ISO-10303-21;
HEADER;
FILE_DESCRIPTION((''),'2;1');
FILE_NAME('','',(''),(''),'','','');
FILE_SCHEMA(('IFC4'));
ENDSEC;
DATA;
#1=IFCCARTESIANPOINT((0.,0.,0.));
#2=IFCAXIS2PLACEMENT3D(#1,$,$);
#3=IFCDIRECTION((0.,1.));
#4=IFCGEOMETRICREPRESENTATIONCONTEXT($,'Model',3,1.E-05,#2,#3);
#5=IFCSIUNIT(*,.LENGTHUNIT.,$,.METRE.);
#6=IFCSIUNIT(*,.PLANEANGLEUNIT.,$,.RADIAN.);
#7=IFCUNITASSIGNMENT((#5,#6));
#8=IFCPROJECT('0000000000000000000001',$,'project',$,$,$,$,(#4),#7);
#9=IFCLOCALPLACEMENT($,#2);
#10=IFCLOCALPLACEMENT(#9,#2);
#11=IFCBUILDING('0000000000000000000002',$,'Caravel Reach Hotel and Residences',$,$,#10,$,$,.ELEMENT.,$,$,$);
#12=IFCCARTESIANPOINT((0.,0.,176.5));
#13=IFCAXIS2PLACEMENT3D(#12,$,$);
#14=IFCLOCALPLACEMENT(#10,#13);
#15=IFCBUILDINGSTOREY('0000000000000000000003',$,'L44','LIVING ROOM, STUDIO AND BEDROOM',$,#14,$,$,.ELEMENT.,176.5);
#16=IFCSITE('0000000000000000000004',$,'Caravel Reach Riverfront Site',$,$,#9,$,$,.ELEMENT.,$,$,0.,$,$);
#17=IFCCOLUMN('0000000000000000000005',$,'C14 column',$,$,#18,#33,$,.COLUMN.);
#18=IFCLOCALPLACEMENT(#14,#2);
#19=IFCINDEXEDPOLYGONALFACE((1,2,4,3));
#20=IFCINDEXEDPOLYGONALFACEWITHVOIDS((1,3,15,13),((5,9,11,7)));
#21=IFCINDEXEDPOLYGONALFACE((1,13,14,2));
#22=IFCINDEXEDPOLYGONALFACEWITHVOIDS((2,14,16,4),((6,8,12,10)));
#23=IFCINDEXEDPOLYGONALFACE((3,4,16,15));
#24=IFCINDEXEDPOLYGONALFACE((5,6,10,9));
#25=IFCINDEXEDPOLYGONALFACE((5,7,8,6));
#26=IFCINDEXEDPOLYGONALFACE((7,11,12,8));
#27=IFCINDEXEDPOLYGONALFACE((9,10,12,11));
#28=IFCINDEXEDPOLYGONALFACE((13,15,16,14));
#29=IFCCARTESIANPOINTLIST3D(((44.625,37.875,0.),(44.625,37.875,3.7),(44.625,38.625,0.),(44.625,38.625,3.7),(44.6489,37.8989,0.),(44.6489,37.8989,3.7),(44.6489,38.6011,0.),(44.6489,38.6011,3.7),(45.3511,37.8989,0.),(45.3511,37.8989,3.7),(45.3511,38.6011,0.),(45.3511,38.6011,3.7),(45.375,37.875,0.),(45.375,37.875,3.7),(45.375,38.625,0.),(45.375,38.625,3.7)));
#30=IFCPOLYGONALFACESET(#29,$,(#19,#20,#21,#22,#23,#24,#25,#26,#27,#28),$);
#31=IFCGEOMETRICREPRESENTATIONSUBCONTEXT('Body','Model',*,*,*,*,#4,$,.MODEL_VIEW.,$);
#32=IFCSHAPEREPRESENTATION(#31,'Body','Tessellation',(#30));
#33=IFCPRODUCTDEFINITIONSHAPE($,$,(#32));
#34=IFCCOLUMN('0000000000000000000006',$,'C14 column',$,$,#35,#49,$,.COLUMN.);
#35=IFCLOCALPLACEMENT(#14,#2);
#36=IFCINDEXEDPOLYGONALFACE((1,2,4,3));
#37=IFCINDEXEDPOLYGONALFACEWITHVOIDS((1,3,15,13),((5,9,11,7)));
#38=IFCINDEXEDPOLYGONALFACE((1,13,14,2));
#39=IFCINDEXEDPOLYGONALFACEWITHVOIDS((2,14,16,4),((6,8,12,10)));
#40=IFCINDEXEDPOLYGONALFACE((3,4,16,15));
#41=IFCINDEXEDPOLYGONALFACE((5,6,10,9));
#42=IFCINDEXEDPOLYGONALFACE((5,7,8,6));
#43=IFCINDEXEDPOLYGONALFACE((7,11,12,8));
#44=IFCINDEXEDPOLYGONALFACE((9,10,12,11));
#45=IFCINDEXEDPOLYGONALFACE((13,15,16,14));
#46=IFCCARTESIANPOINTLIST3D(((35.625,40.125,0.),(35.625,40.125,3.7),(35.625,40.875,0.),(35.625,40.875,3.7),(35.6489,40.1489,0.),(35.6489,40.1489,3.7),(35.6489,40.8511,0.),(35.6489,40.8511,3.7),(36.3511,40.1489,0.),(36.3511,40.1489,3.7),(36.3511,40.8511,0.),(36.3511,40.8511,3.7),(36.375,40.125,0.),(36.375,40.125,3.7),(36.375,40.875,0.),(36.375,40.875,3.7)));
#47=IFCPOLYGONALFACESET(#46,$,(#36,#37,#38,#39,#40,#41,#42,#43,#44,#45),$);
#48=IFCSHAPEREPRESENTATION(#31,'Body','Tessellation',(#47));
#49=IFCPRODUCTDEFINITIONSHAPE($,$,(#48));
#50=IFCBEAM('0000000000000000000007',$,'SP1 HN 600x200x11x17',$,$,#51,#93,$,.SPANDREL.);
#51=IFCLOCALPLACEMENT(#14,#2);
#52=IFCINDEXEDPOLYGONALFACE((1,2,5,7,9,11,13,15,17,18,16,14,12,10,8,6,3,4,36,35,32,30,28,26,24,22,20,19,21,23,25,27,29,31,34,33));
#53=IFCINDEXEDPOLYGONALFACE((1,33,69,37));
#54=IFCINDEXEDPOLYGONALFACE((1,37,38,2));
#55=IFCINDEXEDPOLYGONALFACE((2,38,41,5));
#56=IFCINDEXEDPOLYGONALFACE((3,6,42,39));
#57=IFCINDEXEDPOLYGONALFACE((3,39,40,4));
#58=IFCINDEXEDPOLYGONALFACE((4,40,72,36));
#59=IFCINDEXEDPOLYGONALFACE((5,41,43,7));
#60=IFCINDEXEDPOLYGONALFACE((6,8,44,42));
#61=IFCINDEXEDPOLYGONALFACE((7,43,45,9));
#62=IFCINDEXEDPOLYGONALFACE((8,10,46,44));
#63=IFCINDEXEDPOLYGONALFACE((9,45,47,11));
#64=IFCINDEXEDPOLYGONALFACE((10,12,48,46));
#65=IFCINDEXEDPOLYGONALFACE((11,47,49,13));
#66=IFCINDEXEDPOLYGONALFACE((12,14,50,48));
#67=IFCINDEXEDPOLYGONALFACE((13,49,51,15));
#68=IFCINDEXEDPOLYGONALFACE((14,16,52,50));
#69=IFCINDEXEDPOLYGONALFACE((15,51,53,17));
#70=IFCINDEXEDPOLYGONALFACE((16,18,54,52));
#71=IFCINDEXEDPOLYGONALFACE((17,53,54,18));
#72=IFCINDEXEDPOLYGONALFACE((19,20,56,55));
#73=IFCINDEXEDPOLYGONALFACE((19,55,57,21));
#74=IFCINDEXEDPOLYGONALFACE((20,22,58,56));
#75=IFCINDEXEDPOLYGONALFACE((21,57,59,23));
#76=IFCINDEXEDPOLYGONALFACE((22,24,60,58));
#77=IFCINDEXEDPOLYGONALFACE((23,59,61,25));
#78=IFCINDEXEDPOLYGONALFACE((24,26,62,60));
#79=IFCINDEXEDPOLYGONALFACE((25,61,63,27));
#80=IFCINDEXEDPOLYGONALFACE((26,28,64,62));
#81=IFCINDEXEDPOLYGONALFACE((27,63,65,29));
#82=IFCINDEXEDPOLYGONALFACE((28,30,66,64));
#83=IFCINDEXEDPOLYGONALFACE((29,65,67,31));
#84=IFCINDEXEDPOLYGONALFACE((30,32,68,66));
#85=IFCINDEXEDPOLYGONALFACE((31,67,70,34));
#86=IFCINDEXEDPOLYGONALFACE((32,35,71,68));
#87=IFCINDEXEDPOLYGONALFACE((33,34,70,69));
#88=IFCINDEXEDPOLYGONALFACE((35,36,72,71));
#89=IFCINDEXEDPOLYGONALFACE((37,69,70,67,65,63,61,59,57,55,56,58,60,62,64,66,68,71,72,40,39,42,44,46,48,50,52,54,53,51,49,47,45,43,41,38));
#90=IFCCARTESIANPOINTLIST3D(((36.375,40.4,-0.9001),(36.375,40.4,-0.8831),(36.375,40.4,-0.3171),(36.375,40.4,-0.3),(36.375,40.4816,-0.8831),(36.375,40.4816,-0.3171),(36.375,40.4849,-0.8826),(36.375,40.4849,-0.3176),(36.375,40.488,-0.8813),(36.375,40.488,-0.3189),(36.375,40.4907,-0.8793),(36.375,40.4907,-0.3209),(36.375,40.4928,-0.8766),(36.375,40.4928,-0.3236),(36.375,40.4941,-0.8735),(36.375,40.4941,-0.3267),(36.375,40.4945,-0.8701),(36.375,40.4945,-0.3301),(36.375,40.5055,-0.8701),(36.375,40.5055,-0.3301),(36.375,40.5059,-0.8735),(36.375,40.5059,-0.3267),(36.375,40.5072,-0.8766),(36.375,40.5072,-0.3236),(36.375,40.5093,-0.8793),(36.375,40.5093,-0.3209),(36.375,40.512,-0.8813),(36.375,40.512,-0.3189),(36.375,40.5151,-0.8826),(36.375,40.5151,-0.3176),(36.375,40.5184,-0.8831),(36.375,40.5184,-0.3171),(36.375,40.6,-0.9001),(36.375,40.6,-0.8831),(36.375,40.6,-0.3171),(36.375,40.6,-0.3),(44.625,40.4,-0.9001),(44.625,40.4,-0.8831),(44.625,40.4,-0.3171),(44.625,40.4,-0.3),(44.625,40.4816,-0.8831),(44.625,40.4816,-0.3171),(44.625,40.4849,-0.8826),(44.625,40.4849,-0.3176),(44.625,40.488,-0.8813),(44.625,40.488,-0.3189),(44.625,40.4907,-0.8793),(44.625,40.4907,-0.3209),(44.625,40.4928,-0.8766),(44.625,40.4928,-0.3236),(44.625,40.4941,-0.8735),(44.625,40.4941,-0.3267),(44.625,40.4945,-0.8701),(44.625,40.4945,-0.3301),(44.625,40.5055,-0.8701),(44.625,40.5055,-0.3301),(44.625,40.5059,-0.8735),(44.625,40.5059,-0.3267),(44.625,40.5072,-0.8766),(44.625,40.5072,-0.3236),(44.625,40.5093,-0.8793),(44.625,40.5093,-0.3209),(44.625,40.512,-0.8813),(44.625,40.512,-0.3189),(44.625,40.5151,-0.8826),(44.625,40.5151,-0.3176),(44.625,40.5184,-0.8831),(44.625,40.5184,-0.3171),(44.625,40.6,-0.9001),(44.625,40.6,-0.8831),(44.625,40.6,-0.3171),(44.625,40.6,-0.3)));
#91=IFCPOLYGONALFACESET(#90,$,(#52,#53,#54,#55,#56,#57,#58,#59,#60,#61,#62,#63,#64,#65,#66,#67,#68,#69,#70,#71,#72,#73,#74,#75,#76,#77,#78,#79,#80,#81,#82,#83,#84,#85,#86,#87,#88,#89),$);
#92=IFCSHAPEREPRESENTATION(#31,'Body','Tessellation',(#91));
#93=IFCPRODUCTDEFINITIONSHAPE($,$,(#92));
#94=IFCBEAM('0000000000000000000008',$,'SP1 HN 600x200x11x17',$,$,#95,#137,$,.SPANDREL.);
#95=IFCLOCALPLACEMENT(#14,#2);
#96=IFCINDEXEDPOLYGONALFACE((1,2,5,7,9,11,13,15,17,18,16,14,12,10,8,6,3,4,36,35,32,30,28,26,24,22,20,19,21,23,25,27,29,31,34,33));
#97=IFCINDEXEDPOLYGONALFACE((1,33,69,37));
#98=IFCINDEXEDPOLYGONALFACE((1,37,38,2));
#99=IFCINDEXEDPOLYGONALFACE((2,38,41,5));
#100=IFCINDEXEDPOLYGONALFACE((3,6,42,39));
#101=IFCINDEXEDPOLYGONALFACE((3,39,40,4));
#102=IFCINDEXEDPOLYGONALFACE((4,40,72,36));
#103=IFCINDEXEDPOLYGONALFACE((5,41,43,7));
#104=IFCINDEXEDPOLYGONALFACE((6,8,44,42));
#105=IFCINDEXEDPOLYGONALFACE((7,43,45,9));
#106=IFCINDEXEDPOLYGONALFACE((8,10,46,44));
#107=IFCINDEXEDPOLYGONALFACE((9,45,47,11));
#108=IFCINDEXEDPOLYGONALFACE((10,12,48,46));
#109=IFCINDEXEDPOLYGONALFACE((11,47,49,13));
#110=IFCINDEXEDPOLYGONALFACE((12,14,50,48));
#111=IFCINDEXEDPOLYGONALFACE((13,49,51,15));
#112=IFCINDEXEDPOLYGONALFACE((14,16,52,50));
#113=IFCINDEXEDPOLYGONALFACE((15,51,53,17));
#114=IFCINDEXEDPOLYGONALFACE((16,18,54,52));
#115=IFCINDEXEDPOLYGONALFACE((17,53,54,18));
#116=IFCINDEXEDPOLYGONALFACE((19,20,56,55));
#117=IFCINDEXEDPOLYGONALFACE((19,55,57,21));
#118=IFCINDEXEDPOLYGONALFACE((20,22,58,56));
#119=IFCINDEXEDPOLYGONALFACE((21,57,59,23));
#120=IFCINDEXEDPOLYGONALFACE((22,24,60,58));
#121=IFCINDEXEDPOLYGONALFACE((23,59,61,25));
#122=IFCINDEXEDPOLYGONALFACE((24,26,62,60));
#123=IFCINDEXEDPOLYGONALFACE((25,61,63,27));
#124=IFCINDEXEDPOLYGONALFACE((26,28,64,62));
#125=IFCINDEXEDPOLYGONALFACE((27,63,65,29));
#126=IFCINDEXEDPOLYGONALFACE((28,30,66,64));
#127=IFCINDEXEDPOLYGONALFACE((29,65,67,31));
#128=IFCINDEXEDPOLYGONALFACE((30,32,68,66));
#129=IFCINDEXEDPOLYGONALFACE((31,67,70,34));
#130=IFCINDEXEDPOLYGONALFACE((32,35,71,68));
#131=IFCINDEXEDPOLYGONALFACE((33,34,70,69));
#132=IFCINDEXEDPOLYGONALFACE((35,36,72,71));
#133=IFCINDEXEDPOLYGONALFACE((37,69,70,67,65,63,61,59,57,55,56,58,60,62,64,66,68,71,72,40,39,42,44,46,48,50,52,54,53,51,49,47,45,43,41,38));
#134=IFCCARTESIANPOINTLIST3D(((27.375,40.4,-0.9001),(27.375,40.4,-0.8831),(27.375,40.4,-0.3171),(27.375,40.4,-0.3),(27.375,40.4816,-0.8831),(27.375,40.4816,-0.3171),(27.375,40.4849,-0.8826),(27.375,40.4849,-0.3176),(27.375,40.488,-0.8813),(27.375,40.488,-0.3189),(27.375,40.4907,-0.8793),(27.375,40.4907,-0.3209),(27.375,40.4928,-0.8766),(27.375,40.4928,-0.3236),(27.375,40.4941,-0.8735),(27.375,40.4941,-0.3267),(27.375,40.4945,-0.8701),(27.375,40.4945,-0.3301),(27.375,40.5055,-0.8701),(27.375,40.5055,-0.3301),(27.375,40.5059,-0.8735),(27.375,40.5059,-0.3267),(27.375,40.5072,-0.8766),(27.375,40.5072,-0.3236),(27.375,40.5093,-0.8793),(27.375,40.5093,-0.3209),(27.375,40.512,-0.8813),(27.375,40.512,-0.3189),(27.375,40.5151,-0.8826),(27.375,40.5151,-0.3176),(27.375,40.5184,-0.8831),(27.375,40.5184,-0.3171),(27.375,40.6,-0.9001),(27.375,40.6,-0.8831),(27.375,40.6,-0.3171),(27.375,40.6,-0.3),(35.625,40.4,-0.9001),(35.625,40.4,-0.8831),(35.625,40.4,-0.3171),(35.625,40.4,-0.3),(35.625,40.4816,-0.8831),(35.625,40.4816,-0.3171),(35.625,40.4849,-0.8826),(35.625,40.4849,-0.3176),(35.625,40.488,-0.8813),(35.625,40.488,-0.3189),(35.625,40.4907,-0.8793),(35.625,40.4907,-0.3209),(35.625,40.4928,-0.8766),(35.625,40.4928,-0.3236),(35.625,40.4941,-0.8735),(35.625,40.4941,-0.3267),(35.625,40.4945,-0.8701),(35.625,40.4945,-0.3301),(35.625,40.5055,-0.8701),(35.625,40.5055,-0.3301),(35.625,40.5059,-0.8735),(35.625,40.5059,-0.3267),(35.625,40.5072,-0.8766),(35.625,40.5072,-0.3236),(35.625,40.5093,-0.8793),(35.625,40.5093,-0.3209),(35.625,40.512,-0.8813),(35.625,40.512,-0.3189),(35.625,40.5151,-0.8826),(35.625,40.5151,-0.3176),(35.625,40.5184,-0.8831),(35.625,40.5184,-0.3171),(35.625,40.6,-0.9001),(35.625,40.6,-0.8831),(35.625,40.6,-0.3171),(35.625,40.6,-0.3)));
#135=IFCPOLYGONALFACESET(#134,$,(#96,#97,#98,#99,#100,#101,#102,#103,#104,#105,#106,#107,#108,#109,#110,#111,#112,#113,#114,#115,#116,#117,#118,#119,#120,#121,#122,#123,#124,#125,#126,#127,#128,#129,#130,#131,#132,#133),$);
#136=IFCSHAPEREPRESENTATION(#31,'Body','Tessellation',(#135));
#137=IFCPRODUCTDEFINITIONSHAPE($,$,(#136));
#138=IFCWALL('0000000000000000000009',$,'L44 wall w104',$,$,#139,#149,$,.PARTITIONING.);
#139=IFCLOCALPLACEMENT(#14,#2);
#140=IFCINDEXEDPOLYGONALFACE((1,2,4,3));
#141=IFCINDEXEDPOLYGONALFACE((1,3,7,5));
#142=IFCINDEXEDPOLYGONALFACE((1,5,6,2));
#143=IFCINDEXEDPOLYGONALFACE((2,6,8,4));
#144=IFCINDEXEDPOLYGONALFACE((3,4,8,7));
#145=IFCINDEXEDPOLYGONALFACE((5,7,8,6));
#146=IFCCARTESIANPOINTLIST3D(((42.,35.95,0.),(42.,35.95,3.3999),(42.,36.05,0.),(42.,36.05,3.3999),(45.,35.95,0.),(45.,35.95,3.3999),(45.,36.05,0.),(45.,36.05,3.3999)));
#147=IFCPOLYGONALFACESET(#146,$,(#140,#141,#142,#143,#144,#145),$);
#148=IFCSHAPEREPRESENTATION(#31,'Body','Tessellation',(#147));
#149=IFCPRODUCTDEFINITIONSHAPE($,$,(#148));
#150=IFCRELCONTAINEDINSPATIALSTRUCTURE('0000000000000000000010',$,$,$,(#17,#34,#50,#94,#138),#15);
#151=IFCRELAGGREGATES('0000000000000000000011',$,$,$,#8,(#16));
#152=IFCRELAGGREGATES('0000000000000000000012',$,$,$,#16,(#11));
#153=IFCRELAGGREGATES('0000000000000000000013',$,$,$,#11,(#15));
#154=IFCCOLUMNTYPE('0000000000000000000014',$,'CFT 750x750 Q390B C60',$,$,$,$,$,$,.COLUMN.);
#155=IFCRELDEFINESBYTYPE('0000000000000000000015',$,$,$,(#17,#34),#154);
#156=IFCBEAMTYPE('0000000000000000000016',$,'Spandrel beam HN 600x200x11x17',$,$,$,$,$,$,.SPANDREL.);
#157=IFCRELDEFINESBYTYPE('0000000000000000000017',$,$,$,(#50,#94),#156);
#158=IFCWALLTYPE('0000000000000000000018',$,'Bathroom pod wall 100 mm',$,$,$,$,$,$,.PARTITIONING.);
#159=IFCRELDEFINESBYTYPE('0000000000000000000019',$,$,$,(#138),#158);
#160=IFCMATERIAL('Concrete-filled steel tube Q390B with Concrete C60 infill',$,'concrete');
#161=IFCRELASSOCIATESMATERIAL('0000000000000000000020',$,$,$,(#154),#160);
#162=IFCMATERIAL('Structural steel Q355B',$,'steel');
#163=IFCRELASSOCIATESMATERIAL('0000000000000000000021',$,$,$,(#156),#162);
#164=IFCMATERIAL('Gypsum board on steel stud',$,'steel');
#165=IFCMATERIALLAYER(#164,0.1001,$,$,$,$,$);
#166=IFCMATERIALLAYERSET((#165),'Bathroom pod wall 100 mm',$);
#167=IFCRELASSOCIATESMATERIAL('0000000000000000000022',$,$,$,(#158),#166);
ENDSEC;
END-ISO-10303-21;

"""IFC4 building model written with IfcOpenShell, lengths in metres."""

from ifc_helpers import new_model, si_unit, direction, frame, frame_2d, origin, origin_2d, place, context, subcontext, project, spatial, rectangle, hollow_rectangle, i_section, extrude, material, layer, layer_set, material_profile, profile_set, type_object, element, save


model = new_model("IFC4")

# Units and contexts
model_context = context("Model", 3, precision=1e-05, world=origin(), true_north=direction((0.0, 1.0)))
body_context = subcontext(model_context, "Body", "Model", "MODEL_VIEW")
ifc_project = project(units=[si_unit("LENGTHUNIT", "METRE"), si_unit("PLANEANGLEUNIT", "RADIAN")], contexts=[model_context])

# Site, building, storey
site_placement = place(None, origin())
site = spatial("IfcSite", under=ifc_project, at=site_placement, Name="Caravel Reach Riverfront Site", CompositionType="ELEMENT", RefElevation=0.0)
building_placement = place(site_placement, origin())
building = spatial("IfcBuilding", under=site, at=building_placement, Name="Caravel Reach Hotel and Residences", CompositionType="ELEMENT")
storey_placement = place(building_placement, frame((0.0, 0.0, 176.5)))
storey = spatial("IfcBuildingStorey", under=building, at=storey_placement, Name="L44", Description="LIVING ROOM, STUDIO AND BEDROOM", CompositionType="ELEMENT", Elevation=176.5)

# Columns
ifc_material_1 = material(Name="Concrete-filled steel tube Q390B with Concrete C60 infill", Category="concrete")
ifc_material_profile_1 = material_profile(ifc_material_1, hollow_rectangle(XDim=0.75, YDim=0.75, WallThickness=0.0239, at=origin_2d()), Name="RHS 750x750x24")
ifc_profile_set_1 = profile_set([ifc_material_profile_1], Name="Concrete-filled steel tube Q390B with Concrete C60 infill")
column_type = type_object("IfcColumnType", Name="CFT 750x750 Q390B C60", PredefinedType="COLUMN", material=ifc_profile_set_1)
for number, where, z_axis, x_axis, name in (
    (1, (45.0, 38.25, 0.0), (0.0, 0.0, 1.0), (1.0, 0.0, 0.0), "C14 column"),
    (2, (36.0, 40.5, 0.0), (0.0, 0.0, 1.0), (1.0, 0.0, 0.0), "C14 column"),
):
    element("IfcColumn", number, at=place(storey_placement, frame(where, z_axis=z_axis, x_axis=x_axis)), inside=storey, type_object=column_type, Name=name, PredefinedType="COLUMN", context=body_context, shape_type="SweptSolid", body=[
        extrude(hollow_rectangle(XDim=0.75, YDim=0.75, WallThickness=0.0239, at=origin_2d()), origin(), (0.0, 0.0, 1.0), 3.7),
    ])

# Beams
ifc_material_2 = material(Name="Structural steel Q355B", Category="steel")
ifc_material_profile_2 = material_profile(ifc_material_2, i_section(OverallWidth=0.2, OverallDepth=0.6001, WebThickness=0.011, FlangeThickness=0.0171, FilletRadius=0.0129, at=origin_2d()), Name="HN 600x200x11x17")
ifc_profile_set_2 = profile_set([ifc_material_profile_2], Name="Structural steel Q355B")
beam_type = type_object("IfcBeamType", Name="Spandrel beam HN 600x200x11x17", PredefinedType="SPANDREL", material=ifc_profile_set_2)
for number, where, z_axis, x_axis, name in (
    (3, (44.625, 40.5, -0.6001), (-1.0, 0.0, 0.0), (0.0, -1.0, 0.0), "SP1 HN 600x200x11x17"),
    (4, (35.625, 40.5, -0.6001), (-1.0, 0.0, 0.0), (0.0, -1.0, 0.0), "SP1 HN 600x200x11x17"),
):
    element("IfcBeam", number, at=place(storey_placement, frame(where, z_axis=z_axis, x_axis=x_axis)), inside=storey, type_object=beam_type, Name=name, PredefinedType="SPANDREL", context=body_context, shape_type="SweptSolid", body=[
        extrude(i_section(OverallWidth=0.2, OverallDepth=0.6001, WebThickness=0.011, FlangeThickness=0.0171, FilletRadius=0.0129, at=origin_2d()), origin(), (0.0, 0.0, 1.0), 8.25),
    ])

# Wall
ifc_material_3 = material(Name="Gypsum board on steel stud", Category="steel")
ifc_layer_1 = layer(ifc_material_3, 0.1001)
ifc_layer_set_1 = layer_set([ifc_layer_1], Name="Bathroom pod wall 100 mm")
wall_type_1 = type_object("IfcWallType", Name="Bathroom pod wall 100 mm", PredefinedType="PARTITIONING", material=ifc_layer_set_1)
wall_1_placement = place(storey_placement, frame((42.0, 36.0, 0.0), z_axis=(0.0, 0.0, 1.0), x_axis=(1.0, 0.0, 0.0)))
element("IfcWall", 5, at=wall_1_placement, inside=storey, type_object=wall_type_1, Name="L44 wall w104", PredefinedType="PARTITIONING", context=body_context, shape_type="SweptSolid", body=[
    extrude(rectangle(XDim=3.0, YDim=0.1001, at=frame_2d((1.5, 0.0))), origin(), (0.0, 0.0, 1.0), 3.3999),
])

save(model, "model.ifc")
